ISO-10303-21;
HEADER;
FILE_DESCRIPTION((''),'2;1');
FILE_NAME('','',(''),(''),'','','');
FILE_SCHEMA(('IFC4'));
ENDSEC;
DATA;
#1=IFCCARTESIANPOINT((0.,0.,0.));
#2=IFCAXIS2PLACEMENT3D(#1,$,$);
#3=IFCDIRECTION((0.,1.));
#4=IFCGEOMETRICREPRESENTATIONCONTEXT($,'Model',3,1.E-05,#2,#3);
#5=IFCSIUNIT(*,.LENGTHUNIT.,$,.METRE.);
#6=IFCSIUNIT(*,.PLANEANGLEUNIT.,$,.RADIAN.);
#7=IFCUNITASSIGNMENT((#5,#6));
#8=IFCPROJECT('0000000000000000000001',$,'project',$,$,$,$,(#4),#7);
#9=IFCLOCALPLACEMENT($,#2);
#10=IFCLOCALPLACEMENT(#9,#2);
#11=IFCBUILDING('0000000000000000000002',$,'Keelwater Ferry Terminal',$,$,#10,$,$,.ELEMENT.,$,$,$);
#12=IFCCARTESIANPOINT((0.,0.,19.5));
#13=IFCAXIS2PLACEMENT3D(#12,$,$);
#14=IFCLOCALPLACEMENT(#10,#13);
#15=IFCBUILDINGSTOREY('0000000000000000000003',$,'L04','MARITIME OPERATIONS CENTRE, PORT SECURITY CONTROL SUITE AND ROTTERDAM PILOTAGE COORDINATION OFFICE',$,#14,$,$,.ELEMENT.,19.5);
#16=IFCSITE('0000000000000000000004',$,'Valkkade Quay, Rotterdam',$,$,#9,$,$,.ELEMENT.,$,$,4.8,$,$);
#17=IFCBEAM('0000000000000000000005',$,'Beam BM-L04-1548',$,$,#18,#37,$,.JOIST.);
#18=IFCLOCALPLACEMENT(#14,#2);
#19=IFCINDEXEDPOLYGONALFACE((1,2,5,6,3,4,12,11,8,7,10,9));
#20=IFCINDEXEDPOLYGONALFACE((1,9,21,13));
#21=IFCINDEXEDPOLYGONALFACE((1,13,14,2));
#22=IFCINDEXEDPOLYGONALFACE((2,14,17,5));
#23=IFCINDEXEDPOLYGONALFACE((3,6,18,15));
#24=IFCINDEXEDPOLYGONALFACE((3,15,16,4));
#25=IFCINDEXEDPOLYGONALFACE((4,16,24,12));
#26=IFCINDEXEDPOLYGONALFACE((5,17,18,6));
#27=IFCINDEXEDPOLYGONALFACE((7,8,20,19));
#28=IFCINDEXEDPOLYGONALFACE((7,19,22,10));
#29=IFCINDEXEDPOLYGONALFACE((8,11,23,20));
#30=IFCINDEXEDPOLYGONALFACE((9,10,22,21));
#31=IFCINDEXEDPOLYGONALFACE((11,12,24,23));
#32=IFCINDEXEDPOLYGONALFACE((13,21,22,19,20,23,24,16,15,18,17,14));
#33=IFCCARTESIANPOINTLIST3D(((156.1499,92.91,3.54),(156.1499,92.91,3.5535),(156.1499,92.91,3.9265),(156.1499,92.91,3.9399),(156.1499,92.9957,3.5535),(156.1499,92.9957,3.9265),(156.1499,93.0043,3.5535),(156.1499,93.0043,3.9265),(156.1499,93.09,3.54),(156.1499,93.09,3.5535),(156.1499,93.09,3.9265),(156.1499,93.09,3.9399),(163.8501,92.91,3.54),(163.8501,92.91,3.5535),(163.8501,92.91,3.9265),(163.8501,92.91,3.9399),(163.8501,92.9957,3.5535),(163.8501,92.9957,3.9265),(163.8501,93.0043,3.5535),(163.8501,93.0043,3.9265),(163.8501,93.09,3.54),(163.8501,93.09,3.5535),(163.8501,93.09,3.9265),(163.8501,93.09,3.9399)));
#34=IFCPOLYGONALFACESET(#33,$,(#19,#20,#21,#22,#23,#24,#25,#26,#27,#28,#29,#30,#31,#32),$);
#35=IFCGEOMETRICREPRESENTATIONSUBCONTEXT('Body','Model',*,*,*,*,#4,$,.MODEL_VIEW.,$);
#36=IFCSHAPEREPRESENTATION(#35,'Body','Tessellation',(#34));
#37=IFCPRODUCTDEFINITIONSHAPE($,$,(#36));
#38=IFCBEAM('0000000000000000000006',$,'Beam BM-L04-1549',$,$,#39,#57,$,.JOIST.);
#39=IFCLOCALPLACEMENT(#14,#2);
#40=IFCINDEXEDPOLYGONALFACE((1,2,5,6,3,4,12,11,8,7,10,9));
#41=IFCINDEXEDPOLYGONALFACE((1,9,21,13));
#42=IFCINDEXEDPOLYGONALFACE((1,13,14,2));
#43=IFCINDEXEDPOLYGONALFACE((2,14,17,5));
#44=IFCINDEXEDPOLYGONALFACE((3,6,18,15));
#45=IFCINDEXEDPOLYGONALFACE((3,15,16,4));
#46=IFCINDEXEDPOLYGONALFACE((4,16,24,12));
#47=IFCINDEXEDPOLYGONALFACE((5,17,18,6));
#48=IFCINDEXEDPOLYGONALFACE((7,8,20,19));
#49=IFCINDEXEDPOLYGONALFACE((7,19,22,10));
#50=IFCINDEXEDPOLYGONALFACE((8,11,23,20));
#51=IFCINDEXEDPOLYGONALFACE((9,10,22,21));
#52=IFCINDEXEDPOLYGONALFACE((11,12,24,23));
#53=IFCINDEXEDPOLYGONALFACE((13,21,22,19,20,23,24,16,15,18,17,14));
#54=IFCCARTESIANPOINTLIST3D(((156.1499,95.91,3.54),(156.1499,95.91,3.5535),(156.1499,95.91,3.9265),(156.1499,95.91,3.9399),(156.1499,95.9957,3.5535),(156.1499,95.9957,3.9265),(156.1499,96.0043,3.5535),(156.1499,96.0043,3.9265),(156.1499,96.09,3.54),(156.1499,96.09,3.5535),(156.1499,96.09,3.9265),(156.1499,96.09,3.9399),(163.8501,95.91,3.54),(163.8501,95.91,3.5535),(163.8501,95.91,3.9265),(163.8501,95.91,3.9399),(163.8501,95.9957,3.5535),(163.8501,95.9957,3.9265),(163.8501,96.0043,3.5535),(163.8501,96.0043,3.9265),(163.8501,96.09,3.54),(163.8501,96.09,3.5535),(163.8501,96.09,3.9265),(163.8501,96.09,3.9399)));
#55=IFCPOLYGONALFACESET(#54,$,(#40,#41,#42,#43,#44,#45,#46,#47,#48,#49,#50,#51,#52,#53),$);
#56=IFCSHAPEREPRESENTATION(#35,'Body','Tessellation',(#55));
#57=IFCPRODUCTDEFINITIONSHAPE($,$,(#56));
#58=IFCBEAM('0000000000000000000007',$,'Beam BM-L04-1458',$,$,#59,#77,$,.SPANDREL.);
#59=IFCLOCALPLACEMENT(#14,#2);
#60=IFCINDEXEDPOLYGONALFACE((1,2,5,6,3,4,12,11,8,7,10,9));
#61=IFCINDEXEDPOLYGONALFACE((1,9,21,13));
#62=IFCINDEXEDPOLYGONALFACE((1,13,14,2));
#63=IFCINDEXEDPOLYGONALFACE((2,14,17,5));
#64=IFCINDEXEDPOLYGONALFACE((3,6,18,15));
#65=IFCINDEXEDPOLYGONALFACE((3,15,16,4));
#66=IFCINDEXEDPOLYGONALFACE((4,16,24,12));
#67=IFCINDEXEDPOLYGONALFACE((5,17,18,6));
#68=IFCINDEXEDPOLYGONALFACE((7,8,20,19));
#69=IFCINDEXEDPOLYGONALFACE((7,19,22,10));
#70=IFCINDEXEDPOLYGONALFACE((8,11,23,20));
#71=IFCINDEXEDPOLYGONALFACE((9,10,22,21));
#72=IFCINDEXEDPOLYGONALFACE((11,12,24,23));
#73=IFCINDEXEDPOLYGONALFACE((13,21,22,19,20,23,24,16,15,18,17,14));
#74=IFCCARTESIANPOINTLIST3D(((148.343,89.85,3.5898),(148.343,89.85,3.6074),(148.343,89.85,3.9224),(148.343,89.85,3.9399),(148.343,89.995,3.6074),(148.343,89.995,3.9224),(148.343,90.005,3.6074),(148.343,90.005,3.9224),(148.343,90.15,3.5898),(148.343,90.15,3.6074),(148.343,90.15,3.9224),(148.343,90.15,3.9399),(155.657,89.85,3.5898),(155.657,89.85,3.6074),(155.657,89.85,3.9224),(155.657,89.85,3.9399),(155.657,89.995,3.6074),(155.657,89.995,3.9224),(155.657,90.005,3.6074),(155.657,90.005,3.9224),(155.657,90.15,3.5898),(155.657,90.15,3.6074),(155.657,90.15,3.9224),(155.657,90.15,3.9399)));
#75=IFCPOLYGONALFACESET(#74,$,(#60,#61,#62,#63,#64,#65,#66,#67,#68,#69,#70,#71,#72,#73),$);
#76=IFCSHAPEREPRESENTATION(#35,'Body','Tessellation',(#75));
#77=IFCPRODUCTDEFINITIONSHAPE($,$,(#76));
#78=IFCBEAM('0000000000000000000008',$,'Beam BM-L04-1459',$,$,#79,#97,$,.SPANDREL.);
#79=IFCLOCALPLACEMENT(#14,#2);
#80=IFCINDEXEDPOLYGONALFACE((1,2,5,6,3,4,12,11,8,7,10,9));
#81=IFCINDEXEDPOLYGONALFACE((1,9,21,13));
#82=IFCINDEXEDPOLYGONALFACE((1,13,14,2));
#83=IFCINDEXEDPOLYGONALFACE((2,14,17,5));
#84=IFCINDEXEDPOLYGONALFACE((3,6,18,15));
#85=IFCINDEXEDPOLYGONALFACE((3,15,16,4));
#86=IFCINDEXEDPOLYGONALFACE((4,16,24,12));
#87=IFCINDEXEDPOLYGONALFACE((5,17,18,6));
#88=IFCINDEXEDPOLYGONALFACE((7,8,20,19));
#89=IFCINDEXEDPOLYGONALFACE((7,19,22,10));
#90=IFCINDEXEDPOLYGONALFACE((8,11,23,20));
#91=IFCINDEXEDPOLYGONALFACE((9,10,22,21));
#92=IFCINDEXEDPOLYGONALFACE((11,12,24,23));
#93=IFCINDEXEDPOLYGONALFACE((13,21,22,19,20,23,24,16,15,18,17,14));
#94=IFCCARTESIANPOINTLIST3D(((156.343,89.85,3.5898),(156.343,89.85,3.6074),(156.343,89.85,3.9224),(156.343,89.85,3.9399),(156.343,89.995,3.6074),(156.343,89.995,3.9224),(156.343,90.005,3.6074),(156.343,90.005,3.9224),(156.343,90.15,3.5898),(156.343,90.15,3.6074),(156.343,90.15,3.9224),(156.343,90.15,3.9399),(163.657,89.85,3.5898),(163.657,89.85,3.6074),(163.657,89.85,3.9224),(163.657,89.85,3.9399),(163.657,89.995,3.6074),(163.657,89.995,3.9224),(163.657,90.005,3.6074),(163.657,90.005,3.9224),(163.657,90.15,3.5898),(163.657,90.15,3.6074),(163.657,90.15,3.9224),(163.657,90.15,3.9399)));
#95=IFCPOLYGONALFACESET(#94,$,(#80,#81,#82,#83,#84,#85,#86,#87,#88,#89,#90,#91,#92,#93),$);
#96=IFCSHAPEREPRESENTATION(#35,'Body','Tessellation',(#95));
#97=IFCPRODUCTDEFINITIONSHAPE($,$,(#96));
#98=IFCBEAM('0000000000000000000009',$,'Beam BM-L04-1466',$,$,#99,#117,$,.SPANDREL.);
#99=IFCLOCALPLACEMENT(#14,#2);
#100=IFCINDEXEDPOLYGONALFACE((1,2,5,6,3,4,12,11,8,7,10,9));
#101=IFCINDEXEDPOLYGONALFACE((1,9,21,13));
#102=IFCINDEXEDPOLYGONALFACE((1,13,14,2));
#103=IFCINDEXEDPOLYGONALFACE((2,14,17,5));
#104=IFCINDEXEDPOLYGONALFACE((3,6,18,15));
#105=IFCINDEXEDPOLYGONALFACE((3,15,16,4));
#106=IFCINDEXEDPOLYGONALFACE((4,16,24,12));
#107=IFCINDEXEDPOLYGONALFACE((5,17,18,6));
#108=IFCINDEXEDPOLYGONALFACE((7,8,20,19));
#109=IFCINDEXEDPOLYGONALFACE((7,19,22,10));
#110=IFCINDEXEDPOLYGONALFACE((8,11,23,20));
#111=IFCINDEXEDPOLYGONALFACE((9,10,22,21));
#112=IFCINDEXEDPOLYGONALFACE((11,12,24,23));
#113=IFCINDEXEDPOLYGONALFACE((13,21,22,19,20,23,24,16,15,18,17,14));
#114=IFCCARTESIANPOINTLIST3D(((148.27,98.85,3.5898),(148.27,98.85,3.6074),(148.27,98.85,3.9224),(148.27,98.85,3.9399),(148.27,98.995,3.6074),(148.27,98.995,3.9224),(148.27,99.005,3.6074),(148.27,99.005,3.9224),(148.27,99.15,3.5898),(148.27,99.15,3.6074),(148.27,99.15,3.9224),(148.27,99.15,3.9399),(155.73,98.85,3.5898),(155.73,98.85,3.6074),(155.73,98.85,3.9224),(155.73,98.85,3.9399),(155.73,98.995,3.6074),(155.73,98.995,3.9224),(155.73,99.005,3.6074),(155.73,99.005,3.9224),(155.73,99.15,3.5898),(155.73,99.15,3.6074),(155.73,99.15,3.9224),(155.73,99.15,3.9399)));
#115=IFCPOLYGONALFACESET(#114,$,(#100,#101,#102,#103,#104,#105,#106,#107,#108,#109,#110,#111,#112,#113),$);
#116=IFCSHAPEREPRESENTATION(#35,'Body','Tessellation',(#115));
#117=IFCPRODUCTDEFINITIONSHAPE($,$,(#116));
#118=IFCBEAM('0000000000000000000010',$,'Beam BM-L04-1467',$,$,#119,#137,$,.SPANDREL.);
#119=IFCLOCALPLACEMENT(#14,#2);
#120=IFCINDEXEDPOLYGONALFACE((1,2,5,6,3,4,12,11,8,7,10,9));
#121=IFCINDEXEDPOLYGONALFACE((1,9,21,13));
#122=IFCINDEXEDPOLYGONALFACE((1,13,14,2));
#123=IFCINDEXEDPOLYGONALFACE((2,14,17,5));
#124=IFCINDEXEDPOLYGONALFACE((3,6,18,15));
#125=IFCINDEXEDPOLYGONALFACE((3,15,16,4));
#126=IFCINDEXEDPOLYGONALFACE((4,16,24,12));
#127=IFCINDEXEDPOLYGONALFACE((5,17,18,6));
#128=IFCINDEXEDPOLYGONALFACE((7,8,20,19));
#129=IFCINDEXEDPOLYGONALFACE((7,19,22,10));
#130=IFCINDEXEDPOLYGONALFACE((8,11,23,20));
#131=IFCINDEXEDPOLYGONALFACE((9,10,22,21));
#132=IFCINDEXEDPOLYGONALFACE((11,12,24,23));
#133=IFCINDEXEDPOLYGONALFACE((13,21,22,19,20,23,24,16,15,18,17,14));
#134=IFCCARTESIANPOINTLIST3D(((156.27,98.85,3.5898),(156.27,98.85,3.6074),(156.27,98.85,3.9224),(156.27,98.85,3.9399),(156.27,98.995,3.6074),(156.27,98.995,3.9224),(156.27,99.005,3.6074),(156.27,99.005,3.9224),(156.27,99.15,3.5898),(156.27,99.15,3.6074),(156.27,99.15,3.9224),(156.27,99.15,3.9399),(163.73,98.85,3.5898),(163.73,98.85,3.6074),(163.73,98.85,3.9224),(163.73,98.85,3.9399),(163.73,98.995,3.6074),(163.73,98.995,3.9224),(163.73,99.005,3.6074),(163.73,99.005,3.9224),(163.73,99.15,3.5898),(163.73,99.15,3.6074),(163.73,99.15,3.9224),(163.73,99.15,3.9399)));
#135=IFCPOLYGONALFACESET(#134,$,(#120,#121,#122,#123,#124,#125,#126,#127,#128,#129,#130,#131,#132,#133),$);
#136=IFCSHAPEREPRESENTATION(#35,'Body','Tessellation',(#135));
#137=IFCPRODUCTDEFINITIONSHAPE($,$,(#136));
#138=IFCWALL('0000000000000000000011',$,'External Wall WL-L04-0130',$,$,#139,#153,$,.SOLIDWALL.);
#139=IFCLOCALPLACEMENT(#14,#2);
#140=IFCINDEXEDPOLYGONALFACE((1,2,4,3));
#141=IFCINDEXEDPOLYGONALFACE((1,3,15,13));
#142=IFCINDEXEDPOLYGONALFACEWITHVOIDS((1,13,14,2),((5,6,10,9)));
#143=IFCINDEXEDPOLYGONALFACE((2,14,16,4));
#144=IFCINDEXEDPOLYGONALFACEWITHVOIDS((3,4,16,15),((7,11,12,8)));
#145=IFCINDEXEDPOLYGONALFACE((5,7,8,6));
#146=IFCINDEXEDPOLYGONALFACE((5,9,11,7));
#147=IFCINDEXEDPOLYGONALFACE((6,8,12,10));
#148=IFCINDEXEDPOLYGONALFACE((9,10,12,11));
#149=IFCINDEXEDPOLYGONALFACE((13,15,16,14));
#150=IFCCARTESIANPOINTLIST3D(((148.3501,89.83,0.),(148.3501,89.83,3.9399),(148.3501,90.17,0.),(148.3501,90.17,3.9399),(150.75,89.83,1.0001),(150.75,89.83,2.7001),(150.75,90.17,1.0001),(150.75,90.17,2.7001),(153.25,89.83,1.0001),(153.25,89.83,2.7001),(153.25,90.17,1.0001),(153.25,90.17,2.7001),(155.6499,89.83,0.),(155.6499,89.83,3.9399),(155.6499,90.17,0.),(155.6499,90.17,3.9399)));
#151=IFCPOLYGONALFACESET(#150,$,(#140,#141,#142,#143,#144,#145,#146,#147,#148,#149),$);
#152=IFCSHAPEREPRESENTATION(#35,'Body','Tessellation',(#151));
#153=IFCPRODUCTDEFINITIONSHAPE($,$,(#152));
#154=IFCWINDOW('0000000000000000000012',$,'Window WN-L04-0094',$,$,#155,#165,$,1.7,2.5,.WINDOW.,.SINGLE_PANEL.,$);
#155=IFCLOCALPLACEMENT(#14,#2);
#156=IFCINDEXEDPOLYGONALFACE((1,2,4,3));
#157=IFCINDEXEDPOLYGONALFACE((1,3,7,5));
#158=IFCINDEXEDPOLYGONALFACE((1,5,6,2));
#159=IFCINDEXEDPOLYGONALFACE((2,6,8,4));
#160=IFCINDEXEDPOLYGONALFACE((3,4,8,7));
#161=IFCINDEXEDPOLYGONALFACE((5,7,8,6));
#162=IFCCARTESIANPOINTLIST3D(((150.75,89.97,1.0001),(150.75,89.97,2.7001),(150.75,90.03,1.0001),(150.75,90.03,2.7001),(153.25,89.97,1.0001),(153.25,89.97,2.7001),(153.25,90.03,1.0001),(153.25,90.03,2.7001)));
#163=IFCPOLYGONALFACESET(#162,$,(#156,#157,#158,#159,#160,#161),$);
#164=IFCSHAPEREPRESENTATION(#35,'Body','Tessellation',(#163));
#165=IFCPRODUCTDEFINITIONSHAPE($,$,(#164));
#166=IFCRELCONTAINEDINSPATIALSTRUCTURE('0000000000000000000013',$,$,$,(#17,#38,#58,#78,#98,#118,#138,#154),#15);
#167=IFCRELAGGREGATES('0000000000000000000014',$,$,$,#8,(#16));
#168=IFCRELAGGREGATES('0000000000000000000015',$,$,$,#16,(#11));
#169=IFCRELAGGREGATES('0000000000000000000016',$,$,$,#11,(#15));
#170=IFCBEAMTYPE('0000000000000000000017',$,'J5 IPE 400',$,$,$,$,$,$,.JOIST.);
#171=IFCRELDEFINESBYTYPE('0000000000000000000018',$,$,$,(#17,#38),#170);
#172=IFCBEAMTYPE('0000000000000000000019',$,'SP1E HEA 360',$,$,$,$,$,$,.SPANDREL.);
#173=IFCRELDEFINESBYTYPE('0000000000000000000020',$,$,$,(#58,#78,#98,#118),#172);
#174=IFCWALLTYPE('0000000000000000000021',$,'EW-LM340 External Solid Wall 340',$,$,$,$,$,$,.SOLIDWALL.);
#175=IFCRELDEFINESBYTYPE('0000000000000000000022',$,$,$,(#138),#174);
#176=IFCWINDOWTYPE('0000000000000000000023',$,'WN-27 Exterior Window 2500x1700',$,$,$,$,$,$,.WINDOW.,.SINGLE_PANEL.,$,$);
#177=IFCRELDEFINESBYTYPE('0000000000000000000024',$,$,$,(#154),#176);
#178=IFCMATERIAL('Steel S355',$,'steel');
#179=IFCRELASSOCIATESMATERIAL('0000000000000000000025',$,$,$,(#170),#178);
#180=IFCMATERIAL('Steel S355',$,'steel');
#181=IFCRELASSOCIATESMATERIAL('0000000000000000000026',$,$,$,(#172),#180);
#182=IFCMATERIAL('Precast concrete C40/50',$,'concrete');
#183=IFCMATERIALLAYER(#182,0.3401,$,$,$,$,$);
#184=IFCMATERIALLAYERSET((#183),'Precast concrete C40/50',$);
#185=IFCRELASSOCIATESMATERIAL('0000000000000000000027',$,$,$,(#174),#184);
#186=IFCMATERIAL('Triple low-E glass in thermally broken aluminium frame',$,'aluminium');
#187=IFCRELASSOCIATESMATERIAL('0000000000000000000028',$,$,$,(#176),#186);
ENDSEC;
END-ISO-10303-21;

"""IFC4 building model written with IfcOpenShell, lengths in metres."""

from ifc_helpers import new_model, si_unit, direction, frame, frame_2d, origin, origin_2d, place, context, subcontext, project, spatial, rectangle, i_section, extrude, material, layer, layer_set, material_profile, profile_set, type_object, element, fill, save


model = new_model("IFC4")

# Units and contexts
model_context = context("Model", 3, precision=1e-05, world=origin(), true_north=direction((0.0, 1.0)))
body_context = subcontext(model_context, "Body", "Model", "MODEL_VIEW")
ifc_project = project(units=[si_unit("LENGTHUNIT", "METRE"), si_unit("PLANEANGLEUNIT", "RADIAN")], contexts=[model_context])

# Site, building, storey
site_placement = place(None, origin())
site = spatial("IfcSite", under=ifc_project, at=site_placement, Name="Valkkade Quay, Rotterdam", CompositionType="ELEMENT", RefElevation=4.8)
building_placement = place(site_placement, origin())
building = spatial("IfcBuilding", under=site, at=building_placement, Name="Keelwater Ferry Terminal", CompositionType="ELEMENT")
storey_placement = place(building_placement, frame((0.0, 0.0, 19.5)))
storey = spatial("IfcBuildingStorey", under=building, at=storey_placement, Name="L04", Description="MARITIME OPERATIONS CENTRE, PORT SECURITY CONTROL SUITE AND ROTTERDAM PILOTAGE COORDINATION OFFICE", CompositionType="ELEMENT", Elevation=19.5)

# Beams
ifc_material_1 = material(Name="Steel S355", Category="steel")
ifc_material_profile_1 = material_profile(ifc_material_1, i_section(OverallWidth=0.1799, OverallDepth=0.3999, WebThickness=0.0085, FlangeThickness=0.0134, at=origin_2d()), Name="IPE 400")
ifc_profile_set_1 = profile_set([ifc_material_profile_1], Name="Steel S355")
beam_type_1 = type_object("IfcBeamType", Name="J5 IPE 400", PredefinedType="JOIST", material=ifc_profile_set_1)
for number, where, z_axis, x_axis, name in (
    (1, (156.1499, 93.0, 3.74), (1.0, 0.0, 0.0), (0.0, 1.0, 0.0), "Beam BM-L04-1548"),
    (2, (156.1499, 96.0, 3.74), (1.0, 0.0, 0.0), (0.0, 1.0, 0.0), "Beam BM-L04-1549"),
):
    element("IfcBeam", number, at=place(storey_placement, frame(where, z_axis=z_axis, x_axis=x_axis)), inside=storey, type_object=beam_type_1, Name=name, PredefinedType="JOIST", context=body_context, shape_type="SweptSolid", body=[
        extrude(i_section(OverallWidth=0.1799, OverallDepth=0.3999, WebThickness=0.0085, FlangeThickness=0.0134, at=origin_2d()), origin(), (0.0, 0.0, 1.0), 7.7002),
    ])
ifc_material_2 = material(Name="Steel S355", Category="steel")
ifc_material_profile_2 = material_profile(ifc_material_2, i_section(OverallWidth=0.3, OverallDepth=0.3501, WebThickness=0.01, FlangeThickness=0.0176, at=origin_2d()), Name="HEA 360")
ifc_profile_set_2 = profile_set([ifc_material_profile_2], Name="Steel S355")
beam_type_2 = type_object("IfcBeamType", Name="SP1E HEA 360", PredefinedType="SPANDREL", material=ifc_profile_set_2)
for number, where, z_axis, x_axis, name in (
    (3, (148.343, 90.0, 3.7649), (1.0, 0.0, 0.0), (0.0, 1.0, 0.0), "Beam BM-L04-1458"),
    (4, (156.343, 90.0, 3.7649), (1.0, 0.0, 0.0), (0.0, 1.0, 0.0), "Beam BM-L04-1459"),
):
    element("IfcBeam", number, at=place(storey_placement, frame(where, z_axis=z_axis, x_axis=x_axis)), inside=storey, type_object=beam_type_2, Name=name, PredefinedType="SPANDREL", context=body_context, shape_type="SweptSolid", body=[
        extrude(i_section(OverallWidth=0.3, OverallDepth=0.3501, WebThickness=0.01, FlangeThickness=0.0176, at=origin_2d()), origin(), (0.0, 0.0, 1.0), 7.314),
    ])
for number, where, z_axis, x_axis, name in (
    (5, (148.27, 99.0, 3.7649), (1.0, 0.0, 0.0), (0.0, 1.0, 0.0), "Beam BM-L04-1466"),
    (6, (156.27, 99.0, 3.7649), (1.0, 0.0, 0.0), (0.0, 1.0, 0.0), "Beam BM-L04-1467"),
):
    element("IfcBeam", number, at=place(storey_placement, frame(where, z_axis=z_axis, x_axis=x_axis)), inside=storey, type_object=beam_type_2, Name=name, PredefinedType="SPANDREL", context=body_context, shape_type="SweptSolid", body=[
        extrude(i_section(OverallWidth=0.3, OverallDepth=0.3501, WebThickness=0.01, FlangeThickness=0.0176, at=origin_2d()), origin(), (0.0, 0.0, 1.0), 7.46),
    ])

# Wall, opening, window
ifc_material_3 = material(Name="Precast concrete C40/50", Category="concrete")
ifc_layer_1 = layer(ifc_material_3, 0.3401)
ifc_layer_set_1 = layer_set([ifc_layer_1], Name="Precast concrete C40/50")
wall_type_1 = type_object("IfcWallType", Name="EW-LM340 External Solid Wall 340", PredefinedType="SOLIDWALL", material=ifc_layer_set_1)
wall_1_placement = place(storey_placement, frame((155.6499, 90.0, 0.0), z_axis=(0.0, 0.0, 1.0), x_axis=(-1.0, 0.0, 0.0)))
wall_1 = element("IfcWall", 7, at=wall_1_placement, inside=storey, type_object=wall_type_1, Name="External Wall WL-L04-0130", PredefinedType="SOLIDWALL", context=body_context, shape_type="SweptSolid", body=[
    extrude(rectangle(XDim=7.2998, YDim=0.3401, at=frame_2d((3.6499, 0.0))), origin(), (0.0, 0.0, 1.0), 3.9399),
])
opening_1_placement = place(wall_1_placement, frame((2.3999, 0.0, 1.0)))
opening_1 = element("IfcOpeningElement", 8, at=opening_1_placement, cuts=wall_1, PredefinedType="OPENING", context=body_context, shape_type="SweptSolid", body=[
    extrude(rectangle(XDim=2.5, YDim=1.7, at=frame_2d((1.25, 0.8501))), frame((0.0, 0.1799, 0.0), z_axis=(0.0, -1.0, 0.0), x_axis=(1.0, 0.0, 0.0)), (0.0, 0.0, 1.0), 0.3601),
])
ifc_material_4 = material(Name="Triple low-E glass in thermally broken aluminium frame", Category="aluminium")
window_type_1 = type_object("IfcWindowType", Name="WN-27 Exterior Window 2500x1700", PartitioningType="SINGLE_PANEL", PredefinedType="WINDOW", material=ifc_material_4)
window_1_placement = place(opening_1_placement, origin())
window_1 = element("IfcWindow", 9, at=window_1_placement, inside=storey, type_object=window_type_1, Name="Window WN-L04-0094", OverallHeight=1.7, OverallWidth=2.5, PartitioningType="SINGLE_PANEL", PredefinedType="WINDOW", context=body_context, shape_type="SweptSolid", body=[
    extrude(rectangle(XDim=2.5, YDim=1.7, at=frame_2d((1.25, 0.8501))), frame((0.0, 0.03, 0.0), z_axis=(0.0, -1.0, 0.0), x_axis=(1.0, 0.0, 0.0)), (0.0, 0.0, 1.0), 0.0601),
])
fill(opening_1, window_1)

save(model, "model.ifc")
